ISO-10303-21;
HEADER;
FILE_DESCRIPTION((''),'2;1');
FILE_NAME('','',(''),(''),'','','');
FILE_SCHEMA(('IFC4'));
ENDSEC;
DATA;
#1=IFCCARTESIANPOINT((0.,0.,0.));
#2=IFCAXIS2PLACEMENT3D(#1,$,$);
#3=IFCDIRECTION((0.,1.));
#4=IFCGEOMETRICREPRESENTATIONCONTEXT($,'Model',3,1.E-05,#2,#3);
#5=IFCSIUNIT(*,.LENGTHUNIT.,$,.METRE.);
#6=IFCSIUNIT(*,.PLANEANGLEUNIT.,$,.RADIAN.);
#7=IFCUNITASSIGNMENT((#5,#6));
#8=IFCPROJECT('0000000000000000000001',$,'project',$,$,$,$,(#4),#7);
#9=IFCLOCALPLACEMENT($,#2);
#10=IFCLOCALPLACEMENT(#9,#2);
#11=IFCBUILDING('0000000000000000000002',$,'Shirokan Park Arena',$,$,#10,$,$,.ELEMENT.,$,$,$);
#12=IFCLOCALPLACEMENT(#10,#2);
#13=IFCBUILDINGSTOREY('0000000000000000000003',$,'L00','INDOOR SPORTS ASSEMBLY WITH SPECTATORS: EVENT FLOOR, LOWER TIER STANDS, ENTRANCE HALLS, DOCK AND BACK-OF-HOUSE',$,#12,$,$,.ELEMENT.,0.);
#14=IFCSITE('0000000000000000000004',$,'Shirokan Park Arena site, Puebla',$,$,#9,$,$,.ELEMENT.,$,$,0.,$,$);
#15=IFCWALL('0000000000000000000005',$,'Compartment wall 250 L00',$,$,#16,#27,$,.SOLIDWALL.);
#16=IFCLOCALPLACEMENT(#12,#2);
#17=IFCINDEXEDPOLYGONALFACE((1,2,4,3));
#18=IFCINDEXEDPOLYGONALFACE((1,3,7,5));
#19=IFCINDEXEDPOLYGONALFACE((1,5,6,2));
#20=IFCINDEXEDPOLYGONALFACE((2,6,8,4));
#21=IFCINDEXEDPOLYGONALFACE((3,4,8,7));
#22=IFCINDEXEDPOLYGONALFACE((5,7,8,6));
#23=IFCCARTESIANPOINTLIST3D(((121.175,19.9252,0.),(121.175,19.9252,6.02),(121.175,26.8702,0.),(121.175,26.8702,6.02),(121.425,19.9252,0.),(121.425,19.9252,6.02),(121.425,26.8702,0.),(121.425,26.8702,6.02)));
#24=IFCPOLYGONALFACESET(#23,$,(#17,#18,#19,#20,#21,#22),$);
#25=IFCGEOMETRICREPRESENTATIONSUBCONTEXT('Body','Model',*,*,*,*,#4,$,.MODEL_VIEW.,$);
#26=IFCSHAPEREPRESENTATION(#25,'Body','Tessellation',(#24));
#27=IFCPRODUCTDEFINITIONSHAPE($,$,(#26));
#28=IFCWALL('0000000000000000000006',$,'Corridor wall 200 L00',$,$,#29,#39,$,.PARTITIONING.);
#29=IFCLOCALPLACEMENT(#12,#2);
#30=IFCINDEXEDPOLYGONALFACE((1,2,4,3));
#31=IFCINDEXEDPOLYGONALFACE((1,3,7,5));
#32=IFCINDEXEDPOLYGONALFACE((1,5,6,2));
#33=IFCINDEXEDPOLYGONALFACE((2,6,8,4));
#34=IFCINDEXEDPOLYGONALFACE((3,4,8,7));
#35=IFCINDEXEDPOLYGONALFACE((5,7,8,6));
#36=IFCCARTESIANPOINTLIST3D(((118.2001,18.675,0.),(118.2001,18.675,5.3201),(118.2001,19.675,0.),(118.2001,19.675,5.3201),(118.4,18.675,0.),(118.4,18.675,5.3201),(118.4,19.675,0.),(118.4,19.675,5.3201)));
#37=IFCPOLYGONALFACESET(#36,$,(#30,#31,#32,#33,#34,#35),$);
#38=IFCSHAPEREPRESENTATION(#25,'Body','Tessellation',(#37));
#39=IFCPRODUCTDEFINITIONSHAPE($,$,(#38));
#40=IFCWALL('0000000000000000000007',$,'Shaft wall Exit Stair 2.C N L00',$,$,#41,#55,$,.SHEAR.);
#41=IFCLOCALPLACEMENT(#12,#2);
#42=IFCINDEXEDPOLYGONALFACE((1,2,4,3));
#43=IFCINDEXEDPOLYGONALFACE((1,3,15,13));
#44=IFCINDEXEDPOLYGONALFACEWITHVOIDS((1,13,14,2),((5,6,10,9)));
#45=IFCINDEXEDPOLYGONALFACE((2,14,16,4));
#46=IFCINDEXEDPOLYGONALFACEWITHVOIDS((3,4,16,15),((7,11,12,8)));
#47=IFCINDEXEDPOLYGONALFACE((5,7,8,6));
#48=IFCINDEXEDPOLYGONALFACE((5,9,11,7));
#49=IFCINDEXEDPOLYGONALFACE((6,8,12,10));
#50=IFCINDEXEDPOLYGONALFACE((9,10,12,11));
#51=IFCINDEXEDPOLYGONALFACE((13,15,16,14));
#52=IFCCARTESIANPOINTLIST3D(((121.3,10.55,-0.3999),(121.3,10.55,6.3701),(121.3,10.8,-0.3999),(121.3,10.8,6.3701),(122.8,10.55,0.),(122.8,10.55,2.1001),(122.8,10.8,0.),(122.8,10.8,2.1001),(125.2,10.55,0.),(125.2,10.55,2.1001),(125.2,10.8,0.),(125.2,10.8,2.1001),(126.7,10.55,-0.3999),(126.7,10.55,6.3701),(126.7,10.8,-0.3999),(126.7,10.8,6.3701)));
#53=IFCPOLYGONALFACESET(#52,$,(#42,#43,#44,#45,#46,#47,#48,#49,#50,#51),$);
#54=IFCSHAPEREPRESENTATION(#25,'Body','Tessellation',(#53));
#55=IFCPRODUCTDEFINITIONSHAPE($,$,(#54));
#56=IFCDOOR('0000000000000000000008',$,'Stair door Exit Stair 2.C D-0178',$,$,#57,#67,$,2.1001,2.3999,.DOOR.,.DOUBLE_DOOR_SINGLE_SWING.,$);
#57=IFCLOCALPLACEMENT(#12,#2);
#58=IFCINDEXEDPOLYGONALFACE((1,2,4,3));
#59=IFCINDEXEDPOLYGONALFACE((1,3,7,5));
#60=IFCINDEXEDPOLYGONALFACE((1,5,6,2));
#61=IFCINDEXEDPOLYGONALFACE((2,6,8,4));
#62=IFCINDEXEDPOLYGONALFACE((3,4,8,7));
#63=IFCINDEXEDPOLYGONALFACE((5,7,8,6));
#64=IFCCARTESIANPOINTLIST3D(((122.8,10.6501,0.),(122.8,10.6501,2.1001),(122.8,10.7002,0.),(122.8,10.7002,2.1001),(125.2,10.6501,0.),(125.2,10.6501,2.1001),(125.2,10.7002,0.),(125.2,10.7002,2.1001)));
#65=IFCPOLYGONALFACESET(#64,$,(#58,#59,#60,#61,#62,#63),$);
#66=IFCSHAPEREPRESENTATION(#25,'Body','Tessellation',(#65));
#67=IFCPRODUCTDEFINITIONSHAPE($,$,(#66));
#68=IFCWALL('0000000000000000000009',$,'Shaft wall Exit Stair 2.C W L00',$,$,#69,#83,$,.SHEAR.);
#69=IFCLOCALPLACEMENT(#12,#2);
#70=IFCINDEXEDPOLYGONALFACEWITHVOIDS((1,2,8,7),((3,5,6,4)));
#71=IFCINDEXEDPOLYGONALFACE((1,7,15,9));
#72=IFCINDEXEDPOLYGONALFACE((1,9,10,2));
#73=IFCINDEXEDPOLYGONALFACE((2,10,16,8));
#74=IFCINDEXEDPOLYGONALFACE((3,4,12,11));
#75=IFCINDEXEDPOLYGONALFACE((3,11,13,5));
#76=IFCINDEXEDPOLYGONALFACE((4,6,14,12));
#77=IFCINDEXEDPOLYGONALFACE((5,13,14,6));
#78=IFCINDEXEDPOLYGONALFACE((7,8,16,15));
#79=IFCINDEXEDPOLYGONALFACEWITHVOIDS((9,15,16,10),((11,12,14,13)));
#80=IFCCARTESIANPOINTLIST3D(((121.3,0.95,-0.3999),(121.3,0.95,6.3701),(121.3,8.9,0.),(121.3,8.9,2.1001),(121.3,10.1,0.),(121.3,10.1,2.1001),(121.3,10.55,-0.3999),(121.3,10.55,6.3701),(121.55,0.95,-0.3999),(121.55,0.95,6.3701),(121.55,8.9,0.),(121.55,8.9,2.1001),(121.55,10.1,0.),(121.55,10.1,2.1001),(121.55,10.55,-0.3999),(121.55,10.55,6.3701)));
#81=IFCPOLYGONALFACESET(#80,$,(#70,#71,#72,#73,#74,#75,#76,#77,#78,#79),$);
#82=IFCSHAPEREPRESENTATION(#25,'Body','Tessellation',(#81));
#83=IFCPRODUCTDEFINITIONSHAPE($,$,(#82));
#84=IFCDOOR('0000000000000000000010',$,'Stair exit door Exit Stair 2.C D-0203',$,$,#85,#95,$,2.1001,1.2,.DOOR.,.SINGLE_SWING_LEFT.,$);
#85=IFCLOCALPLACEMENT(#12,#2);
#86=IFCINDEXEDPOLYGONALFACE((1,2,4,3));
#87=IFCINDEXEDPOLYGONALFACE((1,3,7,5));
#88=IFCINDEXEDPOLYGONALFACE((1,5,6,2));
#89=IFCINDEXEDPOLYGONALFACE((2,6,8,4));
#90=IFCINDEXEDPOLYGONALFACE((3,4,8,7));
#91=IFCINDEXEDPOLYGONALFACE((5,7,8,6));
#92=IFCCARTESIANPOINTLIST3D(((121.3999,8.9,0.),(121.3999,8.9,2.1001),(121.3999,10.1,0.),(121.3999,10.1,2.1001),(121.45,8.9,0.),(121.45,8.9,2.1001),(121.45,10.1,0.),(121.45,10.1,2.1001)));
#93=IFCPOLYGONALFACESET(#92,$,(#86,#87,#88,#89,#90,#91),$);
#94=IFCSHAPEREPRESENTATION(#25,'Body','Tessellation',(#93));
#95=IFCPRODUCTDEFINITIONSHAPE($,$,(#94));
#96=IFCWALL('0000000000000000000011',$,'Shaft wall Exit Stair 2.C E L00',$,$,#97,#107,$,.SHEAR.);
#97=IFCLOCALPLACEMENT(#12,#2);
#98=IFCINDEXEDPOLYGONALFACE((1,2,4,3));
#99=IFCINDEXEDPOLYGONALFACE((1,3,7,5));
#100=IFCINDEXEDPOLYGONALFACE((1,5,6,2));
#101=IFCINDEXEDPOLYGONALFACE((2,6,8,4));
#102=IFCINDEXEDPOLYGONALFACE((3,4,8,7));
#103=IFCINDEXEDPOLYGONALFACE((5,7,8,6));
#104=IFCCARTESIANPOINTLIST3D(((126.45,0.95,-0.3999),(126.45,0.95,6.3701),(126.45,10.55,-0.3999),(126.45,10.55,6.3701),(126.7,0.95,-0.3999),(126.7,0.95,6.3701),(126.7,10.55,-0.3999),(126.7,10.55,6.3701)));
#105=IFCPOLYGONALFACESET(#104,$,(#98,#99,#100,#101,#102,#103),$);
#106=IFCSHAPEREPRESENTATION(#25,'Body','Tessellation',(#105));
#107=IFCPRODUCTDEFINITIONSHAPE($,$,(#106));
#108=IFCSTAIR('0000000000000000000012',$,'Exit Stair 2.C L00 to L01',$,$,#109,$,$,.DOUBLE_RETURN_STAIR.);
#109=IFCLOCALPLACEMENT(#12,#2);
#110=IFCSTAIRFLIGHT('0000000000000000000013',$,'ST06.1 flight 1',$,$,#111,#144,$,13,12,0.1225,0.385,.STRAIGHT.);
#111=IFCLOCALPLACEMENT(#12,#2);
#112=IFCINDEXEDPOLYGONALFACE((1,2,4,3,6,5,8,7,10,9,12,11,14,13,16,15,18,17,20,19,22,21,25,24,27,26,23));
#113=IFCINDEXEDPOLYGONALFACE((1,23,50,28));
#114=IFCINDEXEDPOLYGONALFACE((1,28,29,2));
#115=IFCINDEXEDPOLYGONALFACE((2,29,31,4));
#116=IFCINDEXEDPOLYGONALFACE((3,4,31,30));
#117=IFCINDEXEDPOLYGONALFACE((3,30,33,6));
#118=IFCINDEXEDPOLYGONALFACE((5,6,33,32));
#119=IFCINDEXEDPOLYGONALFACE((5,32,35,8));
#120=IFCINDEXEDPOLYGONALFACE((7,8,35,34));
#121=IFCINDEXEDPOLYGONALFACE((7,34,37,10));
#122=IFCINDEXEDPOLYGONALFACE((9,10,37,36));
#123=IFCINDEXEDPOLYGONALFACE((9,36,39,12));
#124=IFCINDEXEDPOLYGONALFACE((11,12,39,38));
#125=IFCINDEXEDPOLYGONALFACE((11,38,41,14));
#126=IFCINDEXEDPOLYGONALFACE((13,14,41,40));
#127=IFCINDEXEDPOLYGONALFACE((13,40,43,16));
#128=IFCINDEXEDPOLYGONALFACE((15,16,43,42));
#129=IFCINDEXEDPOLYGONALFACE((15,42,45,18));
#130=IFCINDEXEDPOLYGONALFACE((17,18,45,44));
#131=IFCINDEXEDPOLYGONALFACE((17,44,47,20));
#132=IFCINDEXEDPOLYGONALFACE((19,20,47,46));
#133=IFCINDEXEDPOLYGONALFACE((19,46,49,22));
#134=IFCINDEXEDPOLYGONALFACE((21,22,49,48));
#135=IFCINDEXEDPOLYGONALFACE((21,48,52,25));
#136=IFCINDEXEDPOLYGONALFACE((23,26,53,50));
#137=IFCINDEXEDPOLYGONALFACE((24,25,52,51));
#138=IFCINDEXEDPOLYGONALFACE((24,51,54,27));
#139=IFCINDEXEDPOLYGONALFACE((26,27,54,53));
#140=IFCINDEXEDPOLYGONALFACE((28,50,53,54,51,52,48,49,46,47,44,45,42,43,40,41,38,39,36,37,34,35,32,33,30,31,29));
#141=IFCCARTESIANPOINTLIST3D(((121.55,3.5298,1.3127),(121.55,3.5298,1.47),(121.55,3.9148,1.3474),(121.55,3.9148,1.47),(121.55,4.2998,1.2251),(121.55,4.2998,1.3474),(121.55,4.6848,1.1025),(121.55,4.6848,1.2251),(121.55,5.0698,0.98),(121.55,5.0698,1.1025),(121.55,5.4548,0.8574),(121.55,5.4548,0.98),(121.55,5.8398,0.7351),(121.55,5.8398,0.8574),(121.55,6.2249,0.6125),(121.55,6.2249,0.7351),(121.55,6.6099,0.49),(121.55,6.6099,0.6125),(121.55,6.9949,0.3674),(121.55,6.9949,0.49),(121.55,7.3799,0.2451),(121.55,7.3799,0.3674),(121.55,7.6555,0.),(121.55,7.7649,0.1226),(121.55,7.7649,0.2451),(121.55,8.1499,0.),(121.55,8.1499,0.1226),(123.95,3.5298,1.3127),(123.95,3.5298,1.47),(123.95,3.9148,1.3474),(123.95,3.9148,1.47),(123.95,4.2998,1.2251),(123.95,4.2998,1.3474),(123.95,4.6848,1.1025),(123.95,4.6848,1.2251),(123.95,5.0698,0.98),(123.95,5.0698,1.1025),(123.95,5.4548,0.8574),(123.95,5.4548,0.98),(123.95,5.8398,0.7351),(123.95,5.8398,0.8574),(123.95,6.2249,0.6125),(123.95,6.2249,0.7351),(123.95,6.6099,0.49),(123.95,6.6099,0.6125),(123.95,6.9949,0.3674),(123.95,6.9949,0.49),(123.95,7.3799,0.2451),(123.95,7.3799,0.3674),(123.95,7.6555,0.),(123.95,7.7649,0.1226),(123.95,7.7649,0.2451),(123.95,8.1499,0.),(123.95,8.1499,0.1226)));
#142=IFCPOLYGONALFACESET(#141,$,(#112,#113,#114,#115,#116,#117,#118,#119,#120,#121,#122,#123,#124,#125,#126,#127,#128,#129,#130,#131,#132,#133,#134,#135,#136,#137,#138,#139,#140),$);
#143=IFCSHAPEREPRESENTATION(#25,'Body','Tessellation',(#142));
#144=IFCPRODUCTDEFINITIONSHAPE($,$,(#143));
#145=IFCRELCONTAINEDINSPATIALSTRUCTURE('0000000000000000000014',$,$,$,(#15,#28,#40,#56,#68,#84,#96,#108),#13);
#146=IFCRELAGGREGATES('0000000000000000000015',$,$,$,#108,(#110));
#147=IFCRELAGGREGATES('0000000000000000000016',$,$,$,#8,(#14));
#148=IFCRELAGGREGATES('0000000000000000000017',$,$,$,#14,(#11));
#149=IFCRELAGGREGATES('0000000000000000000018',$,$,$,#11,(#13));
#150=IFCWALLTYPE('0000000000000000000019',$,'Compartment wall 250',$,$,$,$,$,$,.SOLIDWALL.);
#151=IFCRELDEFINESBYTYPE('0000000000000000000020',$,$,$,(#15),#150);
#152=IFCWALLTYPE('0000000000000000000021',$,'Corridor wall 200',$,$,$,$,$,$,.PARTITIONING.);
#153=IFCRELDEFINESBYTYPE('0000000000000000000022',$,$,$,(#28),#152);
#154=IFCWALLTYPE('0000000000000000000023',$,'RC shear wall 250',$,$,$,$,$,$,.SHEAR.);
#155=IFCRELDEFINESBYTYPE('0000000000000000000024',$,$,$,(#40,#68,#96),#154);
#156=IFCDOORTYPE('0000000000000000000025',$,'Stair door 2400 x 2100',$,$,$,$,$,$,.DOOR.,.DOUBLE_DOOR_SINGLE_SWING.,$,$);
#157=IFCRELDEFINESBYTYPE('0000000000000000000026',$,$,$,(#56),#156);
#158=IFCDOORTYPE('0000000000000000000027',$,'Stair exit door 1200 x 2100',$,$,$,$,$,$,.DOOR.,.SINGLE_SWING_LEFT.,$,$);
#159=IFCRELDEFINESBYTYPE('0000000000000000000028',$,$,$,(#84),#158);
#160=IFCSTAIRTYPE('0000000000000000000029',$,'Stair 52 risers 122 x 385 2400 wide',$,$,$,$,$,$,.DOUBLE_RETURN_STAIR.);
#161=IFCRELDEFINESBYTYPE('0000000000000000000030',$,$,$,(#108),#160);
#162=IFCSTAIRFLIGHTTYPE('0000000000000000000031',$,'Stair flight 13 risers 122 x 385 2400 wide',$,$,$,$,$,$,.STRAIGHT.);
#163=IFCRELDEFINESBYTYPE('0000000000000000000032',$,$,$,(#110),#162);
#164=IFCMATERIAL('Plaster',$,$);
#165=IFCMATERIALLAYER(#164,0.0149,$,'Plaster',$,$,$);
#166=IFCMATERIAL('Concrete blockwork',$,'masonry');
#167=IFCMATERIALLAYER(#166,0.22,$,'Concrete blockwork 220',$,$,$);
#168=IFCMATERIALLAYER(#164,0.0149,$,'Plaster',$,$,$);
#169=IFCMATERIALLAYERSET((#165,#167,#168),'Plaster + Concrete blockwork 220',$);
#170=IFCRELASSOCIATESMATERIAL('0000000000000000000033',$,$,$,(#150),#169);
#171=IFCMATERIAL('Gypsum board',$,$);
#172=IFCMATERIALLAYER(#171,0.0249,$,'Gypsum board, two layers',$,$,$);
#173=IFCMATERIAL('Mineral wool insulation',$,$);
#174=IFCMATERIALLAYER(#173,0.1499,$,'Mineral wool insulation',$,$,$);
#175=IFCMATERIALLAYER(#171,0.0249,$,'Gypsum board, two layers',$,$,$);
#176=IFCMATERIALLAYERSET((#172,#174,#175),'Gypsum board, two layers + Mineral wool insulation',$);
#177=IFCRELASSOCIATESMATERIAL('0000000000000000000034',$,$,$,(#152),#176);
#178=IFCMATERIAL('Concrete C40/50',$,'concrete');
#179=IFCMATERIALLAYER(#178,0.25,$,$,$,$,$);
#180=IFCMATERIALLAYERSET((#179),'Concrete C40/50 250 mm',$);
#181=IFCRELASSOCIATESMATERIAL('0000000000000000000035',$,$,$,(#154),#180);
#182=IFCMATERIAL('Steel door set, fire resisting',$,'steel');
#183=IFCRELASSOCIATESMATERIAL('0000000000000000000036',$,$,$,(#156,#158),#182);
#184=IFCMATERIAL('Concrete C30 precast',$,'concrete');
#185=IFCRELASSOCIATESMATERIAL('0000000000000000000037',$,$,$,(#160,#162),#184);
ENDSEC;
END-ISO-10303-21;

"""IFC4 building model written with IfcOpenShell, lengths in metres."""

from ifc_helpers import new_model, si_unit, direction, frame, frame_2d, origin, place, context, subcontext, project, spatial, polyline, rectangle, outline, extrude, material, layer, layer_set, type_object, element, fill, aggregate, save


model = new_model("IFC4")

# Units and contexts
model_context = context("Model", 3, precision=1e-05, world=origin(), true_north=direction((0.0, 1.0)))
body_context = subcontext(model_context, "Body", "Model", "MODEL_VIEW")
ifc_project = project(units=[si_unit("LENGTHUNIT", "METRE"), si_unit("PLANEANGLEUNIT", "RADIAN")], contexts=[model_context])

# Site, building, storey
site_placement = place(None, origin())
site = spatial("IfcSite", under=ifc_project, at=site_placement, Name="Shirokan Park Arena site, Puebla", CompositionType="ELEMENT", RefElevation=0.0)
building_placement = place(site_placement, origin())
building = spatial("IfcBuilding", under=site, at=building_placement, Name="Shirokan Park Arena", CompositionType="ELEMENT")
storey_placement = place(building_placement, origin())
storey = spatial("IfcBuildingStorey", under=building, at=storey_placement, Name="L00", Description="INDOOR SPORTS ASSEMBLY WITH SPECTATORS: EVENT FLOOR, LOWER TIER STANDS, ENTRANCE HALLS, DOCK AND BACK-OF-HOUSE", CompositionType="ELEMENT", Elevation=0.0)

# Walls
ifc_material_1 = material(Name="Plaster")
ifc_layer_1 = layer(ifc_material_1, 0.0149, Name="Plaster")
ifc_material_2 = material(Name="Concrete blockwork", Category="masonry")
ifc_layer_2 = layer(ifc_material_2, 0.22, Name="Concrete blockwork 220")
ifc_layer_3 = layer(ifc_material_1, 0.0149, Name="Plaster")
ifc_layer_set_1 = layer_set([ifc_layer_1, ifc_layer_2, ifc_layer_3], Name="Plaster + Concrete blockwork 220")
wall_type_1 = type_object("IfcWallType", Name="Compartment wall 250", PredefinedType="SOLIDWALL", material=ifc_layer_set_1)
wall_1_placement = place(storey_placement, frame((121.3, 19.925, 0.0), z_axis=(0.0, 0.0, 1.0), x_axis=(0.0, 1.0, 0.0)))
element("IfcWall", 1, at=wall_1_placement, inside=storey, type_object=wall_type_1, Name="Compartment wall 250 L00", PredefinedType="SOLIDWALL", context=body_context, shape_type="SweptSolid", body=[
    extrude(rectangle(XDim=6.9451, YDim=0.25, at=frame_2d((3.4727, 0.0))), origin(), (0.0, 0.0, 1.0), 6.02),
])
ifc_material_3 = material(Name="Gypsum board")
ifc_layer_4 = layer(ifc_material_3, 0.0249, Name="Gypsum board, two layers")
ifc_material_4 = material(Name="Mineral wool insulation")
ifc_layer_5 = layer(ifc_material_4, 0.1499, Name="Mineral wool insulation")
ifc_layer_6 = layer(ifc_material_3, 0.0249, Name="Gypsum board, two layers")
ifc_layer_set_2 = layer_set([ifc_layer_4, ifc_layer_5, ifc_layer_6], Name="Gypsum board, two layers + Mineral wool insulation")
wall_type_2 = type_object("IfcWallType", Name="Corridor wall 200", PredefinedType="PARTITIONING", material=ifc_layer_set_2)
wall_2_placement = place(storey_placement, frame((118.3, 18.675, 0.0), z_axis=(0.0, 0.0, 1.0), x_axis=(0.0, 1.0, 0.0)))
element("IfcWall", 2, at=wall_2_placement, inside=storey, type_object=wall_type_2, Name="Corridor wall 200 L00", PredefinedType="PARTITIONING", context=body_context, shape_type="SweptSolid", body=[
    extrude(rectangle(XDim=1.0, YDim=0.2, at=frame_2d((0.5, 0.0))), origin(), (0.0, 0.0, 1.0), 5.3201),
])

# Walls, openings, doors
ifc_material_5 = material(Name="Concrete C40/50", Category="concrete")
ifc_layer_7 = layer(ifc_material_5, 0.25)
ifc_layer_set_3 = layer_set([ifc_layer_7], Name="Concrete C40/50 250 mm")
wall_type_3 = type_object("IfcWallType", Name="RC shear wall 250", PredefinedType="SHEAR", material=ifc_layer_set_3)
wall_3_placement = place(storey_placement, frame((126.7, 10.675, -0.3999), z_axis=(0.0, 0.0, 1.0), x_axis=(-1.0, 0.0, 0.0)))
wall_3 = element("IfcWall", 3, at=wall_3_placement, inside=storey, type_object=wall_type_3, Name="Shaft wall Exit Stair 2.C N L00", PredefinedType="SHEAR", context=body_context, shape_type="SweptSolid", body=[
    extrude(rectangle(XDim=5.3999, YDim=0.25, at=frame_2d((2.7, 0.0))), origin(), (0.0, 0.0, 1.0), 6.77),
])
opening_1_placement = place(wall_3_placement, frame((1.5, 0.0, 0.3999)))
opening_1 = element("IfcOpeningElement", 4, at=opening_1_placement, cuts=wall_3, PredefinedType="OPENING", context=body_context, shape_type="SweptSolid", body=[
    extrude(rectangle(XDim=2.3999, YDim=2.1001, at=frame_2d((1.2, 1.05))), frame((0.0, 0.135, 0.0), z_axis=(0.0, -1.0, 0.0), x_axis=(1.0, 0.0, 0.0)), (0.0, 0.0, 1.0), 0.27),
])
ifc_material_6 = material(Name="Steel door set, fire resisting", Category="steel")
door_type_1 = type_object("IfcDoorType", Name="Stair door 2400 x 2100", OperationType="DOUBLE_DOOR_SINGLE_SWING", PredefinedType="DOOR", material=ifc_material_6)
door_1_placement = place(opening_1_placement, origin())
door_1 = element("IfcDoor", 5, at=door_1_placement, inside=storey, type_object=door_type_1, Name="Stair door Exit Stair 2.C D-0178", OperationType="DOUBLE_DOOR_SINGLE_SWING", OverallHeight=2.1001, OverallWidth=2.3999, PredefinedType="DOOR", context=body_context, shape_type="SweptSolid", body=[
    extrude(rectangle(XDim=2.3999, YDim=2.1001, at=frame_2d((1.2, 1.05))), frame((0.0, 0.0249, 0.0), z_axis=(0.0, -1.0, 0.0), x_axis=(1.0, 0.0, 0.0)), (0.0, 0.0, 1.0), 0.05),
])
fill(opening_1, door_1)
wall_4_placement = place(storey_placement, frame((121.425, 10.55, -0.3999), z_axis=(0.0, 0.0, 1.0), x_axis=(0.0, -1.0, 0.0)))
wall_4 = element("IfcWall", 6, at=wall_4_placement, inside=storey, type_object=wall_type_3, Name="Shaft wall Exit Stair 2.C W L00", PredefinedType="SHEAR", context=body_context, shape_type="SweptSolid", body=[
    extrude(rectangle(XDim=9.6001, YDim=0.25, at=frame_2d((4.8, 0.0))), origin(), (0.0, 0.0, 1.0), 6.77),
])
opening_2_placement = place(wall_4_placement, frame((0.45, 0.0, 0.3999)))
opening_2 = element("IfcOpeningElement", 7, at=opening_2_placement, cuts=wall_4, PredefinedType="OPENING", context=body_context, shape_type="SweptSolid", body=[
    extrude(rectangle(XDim=1.2, YDim=2.1001, at=frame_2d((0.6001, 1.05))), frame((0.0, 0.135, 0.0), z_axis=(0.0, -1.0, 0.0), x_axis=(1.0, 0.0, 0.0)), (0.0, 0.0, 1.0), 0.27),
])
door_type_2 = type_object("IfcDoorType", Name="Stair exit door 1200 x 2100", OperationType="SINGLE_SWING_LEFT", PredefinedType="DOOR", material=ifc_material_6)
door_2_placement = place(opening_2_placement, origin())
door_2 = element("IfcDoor", 8, at=door_2_placement, inside=storey, type_object=door_type_2, Name="Stair exit door Exit Stair 2.C D-0203", OperationType="SINGLE_SWING_LEFT", OverallHeight=2.1001, OverallWidth=1.2, PredefinedType="DOOR", context=body_context, shape_type="SweptSolid", body=[
    extrude(rectangle(XDim=1.2, YDim=2.1001, at=frame_2d((0.6001, 1.05))), frame((0.0, 0.0249, 0.0), z_axis=(0.0, -1.0, 0.0), x_axis=(1.0, 0.0, 0.0)), (0.0, 0.0, 1.0), 0.05),
])
fill(opening_2, door_2)

# Wall
wall_5_placement = place(storey_placement, frame((126.575, 10.55, -0.3999), z_axis=(0.0, 0.0, 1.0), x_axis=(0.0, -1.0, 0.0)))
element("IfcWall", 9, at=wall_5_placement, inside=storey, type_object=wall_type_3, Name="Shaft wall Exit Stair 2.C E L00", PredefinedType="SHEAR", context=body_context, shape_type="SweptSolid", body=[
    extrude(rectangle(XDim=9.6001, YDim=0.25, at=frame_2d((4.8, 0.0))), origin(), (0.0, 0.0, 1.0), 6.77),
])

# Stair, stair flight
ifc_material_7 = material(Name="Concrete C30 precast", Category="concrete")
stair_type = type_object("IfcStairType", Name="Stair 52 risers 122 x 385 2400 wide", PredefinedType="DOUBLE_RETURN_STAIR", material=ifc_material_7)
stair_placement = place(storey_placement, origin())
stair = element("IfcStair", 10, at=stair_placement, inside=storey, type_object=stair_type, Name="Exit Stair 2.C L00 to L01", PredefinedType="DOUBLE_RETURN_STAIR")
stair_flight_type = type_object("IfcStairFlightType", Name="Stair flight 13 risers 122 x 385 2400 wide", PredefinedType="STRAIGHT", material=ifc_material_7)
stair_flight_1_placement = place(storey_placement, frame((122.75, 8.1499, 0.0), z_axis=(0.0, 0.0, 1.0), x_axis=(0.0, -1.0, 0.0)))
stair_flight_1 = element("IfcStairFlight", 11, at=stair_flight_1_placement, type_object=stair_flight_type, Name="ST06.1 flight 1", NumberOfRisers=13, NumberOfTreads=12, PredefinedType="STRAIGHT", RiserHeight=0.1225, TreadLength=0.385, context=body_context, shape_type="SweptSolid", body=[
    extrude(outline(polyline([(0.0, 0.0), (0.0, 0.1226), (0.385, 0.1226), (0.385, 0.2451), (0.77, 0.2451), (0.77, 0.3674), (1.155, 0.3674), (1.155, 0.49), (1.54, 0.49), (1.54, 0.6125), (1.925, 0.6125), (1.925, 0.7351), (2.3101, 0.7351), (2.3101, 0.8574), (2.6951, 0.8574), (2.6951, 0.98), (3.0801, 0.98), (3.0801, 1.1025), (3.4651, 1.1025), (3.4651, 1.2251), (3.8501, 1.2251), (3.8501, 1.3474), (4.2351, 1.3474), (4.2351, 1.47), (4.6201, 1.47), (4.6201, 1.5925), (4.6201, 1.3127), (0.4944, 0.0), (0.0, 0.0)])), frame((0.0, 1.2, 0.0), z_axis=(0.0, -1.0, 0.0), x_axis=(1.0, 0.0, 0.0)), (0.0, 0.0, 1.0), 2.3999),
])
aggregate(stair, [stair_flight_1])

save(model, "model.ifc")
